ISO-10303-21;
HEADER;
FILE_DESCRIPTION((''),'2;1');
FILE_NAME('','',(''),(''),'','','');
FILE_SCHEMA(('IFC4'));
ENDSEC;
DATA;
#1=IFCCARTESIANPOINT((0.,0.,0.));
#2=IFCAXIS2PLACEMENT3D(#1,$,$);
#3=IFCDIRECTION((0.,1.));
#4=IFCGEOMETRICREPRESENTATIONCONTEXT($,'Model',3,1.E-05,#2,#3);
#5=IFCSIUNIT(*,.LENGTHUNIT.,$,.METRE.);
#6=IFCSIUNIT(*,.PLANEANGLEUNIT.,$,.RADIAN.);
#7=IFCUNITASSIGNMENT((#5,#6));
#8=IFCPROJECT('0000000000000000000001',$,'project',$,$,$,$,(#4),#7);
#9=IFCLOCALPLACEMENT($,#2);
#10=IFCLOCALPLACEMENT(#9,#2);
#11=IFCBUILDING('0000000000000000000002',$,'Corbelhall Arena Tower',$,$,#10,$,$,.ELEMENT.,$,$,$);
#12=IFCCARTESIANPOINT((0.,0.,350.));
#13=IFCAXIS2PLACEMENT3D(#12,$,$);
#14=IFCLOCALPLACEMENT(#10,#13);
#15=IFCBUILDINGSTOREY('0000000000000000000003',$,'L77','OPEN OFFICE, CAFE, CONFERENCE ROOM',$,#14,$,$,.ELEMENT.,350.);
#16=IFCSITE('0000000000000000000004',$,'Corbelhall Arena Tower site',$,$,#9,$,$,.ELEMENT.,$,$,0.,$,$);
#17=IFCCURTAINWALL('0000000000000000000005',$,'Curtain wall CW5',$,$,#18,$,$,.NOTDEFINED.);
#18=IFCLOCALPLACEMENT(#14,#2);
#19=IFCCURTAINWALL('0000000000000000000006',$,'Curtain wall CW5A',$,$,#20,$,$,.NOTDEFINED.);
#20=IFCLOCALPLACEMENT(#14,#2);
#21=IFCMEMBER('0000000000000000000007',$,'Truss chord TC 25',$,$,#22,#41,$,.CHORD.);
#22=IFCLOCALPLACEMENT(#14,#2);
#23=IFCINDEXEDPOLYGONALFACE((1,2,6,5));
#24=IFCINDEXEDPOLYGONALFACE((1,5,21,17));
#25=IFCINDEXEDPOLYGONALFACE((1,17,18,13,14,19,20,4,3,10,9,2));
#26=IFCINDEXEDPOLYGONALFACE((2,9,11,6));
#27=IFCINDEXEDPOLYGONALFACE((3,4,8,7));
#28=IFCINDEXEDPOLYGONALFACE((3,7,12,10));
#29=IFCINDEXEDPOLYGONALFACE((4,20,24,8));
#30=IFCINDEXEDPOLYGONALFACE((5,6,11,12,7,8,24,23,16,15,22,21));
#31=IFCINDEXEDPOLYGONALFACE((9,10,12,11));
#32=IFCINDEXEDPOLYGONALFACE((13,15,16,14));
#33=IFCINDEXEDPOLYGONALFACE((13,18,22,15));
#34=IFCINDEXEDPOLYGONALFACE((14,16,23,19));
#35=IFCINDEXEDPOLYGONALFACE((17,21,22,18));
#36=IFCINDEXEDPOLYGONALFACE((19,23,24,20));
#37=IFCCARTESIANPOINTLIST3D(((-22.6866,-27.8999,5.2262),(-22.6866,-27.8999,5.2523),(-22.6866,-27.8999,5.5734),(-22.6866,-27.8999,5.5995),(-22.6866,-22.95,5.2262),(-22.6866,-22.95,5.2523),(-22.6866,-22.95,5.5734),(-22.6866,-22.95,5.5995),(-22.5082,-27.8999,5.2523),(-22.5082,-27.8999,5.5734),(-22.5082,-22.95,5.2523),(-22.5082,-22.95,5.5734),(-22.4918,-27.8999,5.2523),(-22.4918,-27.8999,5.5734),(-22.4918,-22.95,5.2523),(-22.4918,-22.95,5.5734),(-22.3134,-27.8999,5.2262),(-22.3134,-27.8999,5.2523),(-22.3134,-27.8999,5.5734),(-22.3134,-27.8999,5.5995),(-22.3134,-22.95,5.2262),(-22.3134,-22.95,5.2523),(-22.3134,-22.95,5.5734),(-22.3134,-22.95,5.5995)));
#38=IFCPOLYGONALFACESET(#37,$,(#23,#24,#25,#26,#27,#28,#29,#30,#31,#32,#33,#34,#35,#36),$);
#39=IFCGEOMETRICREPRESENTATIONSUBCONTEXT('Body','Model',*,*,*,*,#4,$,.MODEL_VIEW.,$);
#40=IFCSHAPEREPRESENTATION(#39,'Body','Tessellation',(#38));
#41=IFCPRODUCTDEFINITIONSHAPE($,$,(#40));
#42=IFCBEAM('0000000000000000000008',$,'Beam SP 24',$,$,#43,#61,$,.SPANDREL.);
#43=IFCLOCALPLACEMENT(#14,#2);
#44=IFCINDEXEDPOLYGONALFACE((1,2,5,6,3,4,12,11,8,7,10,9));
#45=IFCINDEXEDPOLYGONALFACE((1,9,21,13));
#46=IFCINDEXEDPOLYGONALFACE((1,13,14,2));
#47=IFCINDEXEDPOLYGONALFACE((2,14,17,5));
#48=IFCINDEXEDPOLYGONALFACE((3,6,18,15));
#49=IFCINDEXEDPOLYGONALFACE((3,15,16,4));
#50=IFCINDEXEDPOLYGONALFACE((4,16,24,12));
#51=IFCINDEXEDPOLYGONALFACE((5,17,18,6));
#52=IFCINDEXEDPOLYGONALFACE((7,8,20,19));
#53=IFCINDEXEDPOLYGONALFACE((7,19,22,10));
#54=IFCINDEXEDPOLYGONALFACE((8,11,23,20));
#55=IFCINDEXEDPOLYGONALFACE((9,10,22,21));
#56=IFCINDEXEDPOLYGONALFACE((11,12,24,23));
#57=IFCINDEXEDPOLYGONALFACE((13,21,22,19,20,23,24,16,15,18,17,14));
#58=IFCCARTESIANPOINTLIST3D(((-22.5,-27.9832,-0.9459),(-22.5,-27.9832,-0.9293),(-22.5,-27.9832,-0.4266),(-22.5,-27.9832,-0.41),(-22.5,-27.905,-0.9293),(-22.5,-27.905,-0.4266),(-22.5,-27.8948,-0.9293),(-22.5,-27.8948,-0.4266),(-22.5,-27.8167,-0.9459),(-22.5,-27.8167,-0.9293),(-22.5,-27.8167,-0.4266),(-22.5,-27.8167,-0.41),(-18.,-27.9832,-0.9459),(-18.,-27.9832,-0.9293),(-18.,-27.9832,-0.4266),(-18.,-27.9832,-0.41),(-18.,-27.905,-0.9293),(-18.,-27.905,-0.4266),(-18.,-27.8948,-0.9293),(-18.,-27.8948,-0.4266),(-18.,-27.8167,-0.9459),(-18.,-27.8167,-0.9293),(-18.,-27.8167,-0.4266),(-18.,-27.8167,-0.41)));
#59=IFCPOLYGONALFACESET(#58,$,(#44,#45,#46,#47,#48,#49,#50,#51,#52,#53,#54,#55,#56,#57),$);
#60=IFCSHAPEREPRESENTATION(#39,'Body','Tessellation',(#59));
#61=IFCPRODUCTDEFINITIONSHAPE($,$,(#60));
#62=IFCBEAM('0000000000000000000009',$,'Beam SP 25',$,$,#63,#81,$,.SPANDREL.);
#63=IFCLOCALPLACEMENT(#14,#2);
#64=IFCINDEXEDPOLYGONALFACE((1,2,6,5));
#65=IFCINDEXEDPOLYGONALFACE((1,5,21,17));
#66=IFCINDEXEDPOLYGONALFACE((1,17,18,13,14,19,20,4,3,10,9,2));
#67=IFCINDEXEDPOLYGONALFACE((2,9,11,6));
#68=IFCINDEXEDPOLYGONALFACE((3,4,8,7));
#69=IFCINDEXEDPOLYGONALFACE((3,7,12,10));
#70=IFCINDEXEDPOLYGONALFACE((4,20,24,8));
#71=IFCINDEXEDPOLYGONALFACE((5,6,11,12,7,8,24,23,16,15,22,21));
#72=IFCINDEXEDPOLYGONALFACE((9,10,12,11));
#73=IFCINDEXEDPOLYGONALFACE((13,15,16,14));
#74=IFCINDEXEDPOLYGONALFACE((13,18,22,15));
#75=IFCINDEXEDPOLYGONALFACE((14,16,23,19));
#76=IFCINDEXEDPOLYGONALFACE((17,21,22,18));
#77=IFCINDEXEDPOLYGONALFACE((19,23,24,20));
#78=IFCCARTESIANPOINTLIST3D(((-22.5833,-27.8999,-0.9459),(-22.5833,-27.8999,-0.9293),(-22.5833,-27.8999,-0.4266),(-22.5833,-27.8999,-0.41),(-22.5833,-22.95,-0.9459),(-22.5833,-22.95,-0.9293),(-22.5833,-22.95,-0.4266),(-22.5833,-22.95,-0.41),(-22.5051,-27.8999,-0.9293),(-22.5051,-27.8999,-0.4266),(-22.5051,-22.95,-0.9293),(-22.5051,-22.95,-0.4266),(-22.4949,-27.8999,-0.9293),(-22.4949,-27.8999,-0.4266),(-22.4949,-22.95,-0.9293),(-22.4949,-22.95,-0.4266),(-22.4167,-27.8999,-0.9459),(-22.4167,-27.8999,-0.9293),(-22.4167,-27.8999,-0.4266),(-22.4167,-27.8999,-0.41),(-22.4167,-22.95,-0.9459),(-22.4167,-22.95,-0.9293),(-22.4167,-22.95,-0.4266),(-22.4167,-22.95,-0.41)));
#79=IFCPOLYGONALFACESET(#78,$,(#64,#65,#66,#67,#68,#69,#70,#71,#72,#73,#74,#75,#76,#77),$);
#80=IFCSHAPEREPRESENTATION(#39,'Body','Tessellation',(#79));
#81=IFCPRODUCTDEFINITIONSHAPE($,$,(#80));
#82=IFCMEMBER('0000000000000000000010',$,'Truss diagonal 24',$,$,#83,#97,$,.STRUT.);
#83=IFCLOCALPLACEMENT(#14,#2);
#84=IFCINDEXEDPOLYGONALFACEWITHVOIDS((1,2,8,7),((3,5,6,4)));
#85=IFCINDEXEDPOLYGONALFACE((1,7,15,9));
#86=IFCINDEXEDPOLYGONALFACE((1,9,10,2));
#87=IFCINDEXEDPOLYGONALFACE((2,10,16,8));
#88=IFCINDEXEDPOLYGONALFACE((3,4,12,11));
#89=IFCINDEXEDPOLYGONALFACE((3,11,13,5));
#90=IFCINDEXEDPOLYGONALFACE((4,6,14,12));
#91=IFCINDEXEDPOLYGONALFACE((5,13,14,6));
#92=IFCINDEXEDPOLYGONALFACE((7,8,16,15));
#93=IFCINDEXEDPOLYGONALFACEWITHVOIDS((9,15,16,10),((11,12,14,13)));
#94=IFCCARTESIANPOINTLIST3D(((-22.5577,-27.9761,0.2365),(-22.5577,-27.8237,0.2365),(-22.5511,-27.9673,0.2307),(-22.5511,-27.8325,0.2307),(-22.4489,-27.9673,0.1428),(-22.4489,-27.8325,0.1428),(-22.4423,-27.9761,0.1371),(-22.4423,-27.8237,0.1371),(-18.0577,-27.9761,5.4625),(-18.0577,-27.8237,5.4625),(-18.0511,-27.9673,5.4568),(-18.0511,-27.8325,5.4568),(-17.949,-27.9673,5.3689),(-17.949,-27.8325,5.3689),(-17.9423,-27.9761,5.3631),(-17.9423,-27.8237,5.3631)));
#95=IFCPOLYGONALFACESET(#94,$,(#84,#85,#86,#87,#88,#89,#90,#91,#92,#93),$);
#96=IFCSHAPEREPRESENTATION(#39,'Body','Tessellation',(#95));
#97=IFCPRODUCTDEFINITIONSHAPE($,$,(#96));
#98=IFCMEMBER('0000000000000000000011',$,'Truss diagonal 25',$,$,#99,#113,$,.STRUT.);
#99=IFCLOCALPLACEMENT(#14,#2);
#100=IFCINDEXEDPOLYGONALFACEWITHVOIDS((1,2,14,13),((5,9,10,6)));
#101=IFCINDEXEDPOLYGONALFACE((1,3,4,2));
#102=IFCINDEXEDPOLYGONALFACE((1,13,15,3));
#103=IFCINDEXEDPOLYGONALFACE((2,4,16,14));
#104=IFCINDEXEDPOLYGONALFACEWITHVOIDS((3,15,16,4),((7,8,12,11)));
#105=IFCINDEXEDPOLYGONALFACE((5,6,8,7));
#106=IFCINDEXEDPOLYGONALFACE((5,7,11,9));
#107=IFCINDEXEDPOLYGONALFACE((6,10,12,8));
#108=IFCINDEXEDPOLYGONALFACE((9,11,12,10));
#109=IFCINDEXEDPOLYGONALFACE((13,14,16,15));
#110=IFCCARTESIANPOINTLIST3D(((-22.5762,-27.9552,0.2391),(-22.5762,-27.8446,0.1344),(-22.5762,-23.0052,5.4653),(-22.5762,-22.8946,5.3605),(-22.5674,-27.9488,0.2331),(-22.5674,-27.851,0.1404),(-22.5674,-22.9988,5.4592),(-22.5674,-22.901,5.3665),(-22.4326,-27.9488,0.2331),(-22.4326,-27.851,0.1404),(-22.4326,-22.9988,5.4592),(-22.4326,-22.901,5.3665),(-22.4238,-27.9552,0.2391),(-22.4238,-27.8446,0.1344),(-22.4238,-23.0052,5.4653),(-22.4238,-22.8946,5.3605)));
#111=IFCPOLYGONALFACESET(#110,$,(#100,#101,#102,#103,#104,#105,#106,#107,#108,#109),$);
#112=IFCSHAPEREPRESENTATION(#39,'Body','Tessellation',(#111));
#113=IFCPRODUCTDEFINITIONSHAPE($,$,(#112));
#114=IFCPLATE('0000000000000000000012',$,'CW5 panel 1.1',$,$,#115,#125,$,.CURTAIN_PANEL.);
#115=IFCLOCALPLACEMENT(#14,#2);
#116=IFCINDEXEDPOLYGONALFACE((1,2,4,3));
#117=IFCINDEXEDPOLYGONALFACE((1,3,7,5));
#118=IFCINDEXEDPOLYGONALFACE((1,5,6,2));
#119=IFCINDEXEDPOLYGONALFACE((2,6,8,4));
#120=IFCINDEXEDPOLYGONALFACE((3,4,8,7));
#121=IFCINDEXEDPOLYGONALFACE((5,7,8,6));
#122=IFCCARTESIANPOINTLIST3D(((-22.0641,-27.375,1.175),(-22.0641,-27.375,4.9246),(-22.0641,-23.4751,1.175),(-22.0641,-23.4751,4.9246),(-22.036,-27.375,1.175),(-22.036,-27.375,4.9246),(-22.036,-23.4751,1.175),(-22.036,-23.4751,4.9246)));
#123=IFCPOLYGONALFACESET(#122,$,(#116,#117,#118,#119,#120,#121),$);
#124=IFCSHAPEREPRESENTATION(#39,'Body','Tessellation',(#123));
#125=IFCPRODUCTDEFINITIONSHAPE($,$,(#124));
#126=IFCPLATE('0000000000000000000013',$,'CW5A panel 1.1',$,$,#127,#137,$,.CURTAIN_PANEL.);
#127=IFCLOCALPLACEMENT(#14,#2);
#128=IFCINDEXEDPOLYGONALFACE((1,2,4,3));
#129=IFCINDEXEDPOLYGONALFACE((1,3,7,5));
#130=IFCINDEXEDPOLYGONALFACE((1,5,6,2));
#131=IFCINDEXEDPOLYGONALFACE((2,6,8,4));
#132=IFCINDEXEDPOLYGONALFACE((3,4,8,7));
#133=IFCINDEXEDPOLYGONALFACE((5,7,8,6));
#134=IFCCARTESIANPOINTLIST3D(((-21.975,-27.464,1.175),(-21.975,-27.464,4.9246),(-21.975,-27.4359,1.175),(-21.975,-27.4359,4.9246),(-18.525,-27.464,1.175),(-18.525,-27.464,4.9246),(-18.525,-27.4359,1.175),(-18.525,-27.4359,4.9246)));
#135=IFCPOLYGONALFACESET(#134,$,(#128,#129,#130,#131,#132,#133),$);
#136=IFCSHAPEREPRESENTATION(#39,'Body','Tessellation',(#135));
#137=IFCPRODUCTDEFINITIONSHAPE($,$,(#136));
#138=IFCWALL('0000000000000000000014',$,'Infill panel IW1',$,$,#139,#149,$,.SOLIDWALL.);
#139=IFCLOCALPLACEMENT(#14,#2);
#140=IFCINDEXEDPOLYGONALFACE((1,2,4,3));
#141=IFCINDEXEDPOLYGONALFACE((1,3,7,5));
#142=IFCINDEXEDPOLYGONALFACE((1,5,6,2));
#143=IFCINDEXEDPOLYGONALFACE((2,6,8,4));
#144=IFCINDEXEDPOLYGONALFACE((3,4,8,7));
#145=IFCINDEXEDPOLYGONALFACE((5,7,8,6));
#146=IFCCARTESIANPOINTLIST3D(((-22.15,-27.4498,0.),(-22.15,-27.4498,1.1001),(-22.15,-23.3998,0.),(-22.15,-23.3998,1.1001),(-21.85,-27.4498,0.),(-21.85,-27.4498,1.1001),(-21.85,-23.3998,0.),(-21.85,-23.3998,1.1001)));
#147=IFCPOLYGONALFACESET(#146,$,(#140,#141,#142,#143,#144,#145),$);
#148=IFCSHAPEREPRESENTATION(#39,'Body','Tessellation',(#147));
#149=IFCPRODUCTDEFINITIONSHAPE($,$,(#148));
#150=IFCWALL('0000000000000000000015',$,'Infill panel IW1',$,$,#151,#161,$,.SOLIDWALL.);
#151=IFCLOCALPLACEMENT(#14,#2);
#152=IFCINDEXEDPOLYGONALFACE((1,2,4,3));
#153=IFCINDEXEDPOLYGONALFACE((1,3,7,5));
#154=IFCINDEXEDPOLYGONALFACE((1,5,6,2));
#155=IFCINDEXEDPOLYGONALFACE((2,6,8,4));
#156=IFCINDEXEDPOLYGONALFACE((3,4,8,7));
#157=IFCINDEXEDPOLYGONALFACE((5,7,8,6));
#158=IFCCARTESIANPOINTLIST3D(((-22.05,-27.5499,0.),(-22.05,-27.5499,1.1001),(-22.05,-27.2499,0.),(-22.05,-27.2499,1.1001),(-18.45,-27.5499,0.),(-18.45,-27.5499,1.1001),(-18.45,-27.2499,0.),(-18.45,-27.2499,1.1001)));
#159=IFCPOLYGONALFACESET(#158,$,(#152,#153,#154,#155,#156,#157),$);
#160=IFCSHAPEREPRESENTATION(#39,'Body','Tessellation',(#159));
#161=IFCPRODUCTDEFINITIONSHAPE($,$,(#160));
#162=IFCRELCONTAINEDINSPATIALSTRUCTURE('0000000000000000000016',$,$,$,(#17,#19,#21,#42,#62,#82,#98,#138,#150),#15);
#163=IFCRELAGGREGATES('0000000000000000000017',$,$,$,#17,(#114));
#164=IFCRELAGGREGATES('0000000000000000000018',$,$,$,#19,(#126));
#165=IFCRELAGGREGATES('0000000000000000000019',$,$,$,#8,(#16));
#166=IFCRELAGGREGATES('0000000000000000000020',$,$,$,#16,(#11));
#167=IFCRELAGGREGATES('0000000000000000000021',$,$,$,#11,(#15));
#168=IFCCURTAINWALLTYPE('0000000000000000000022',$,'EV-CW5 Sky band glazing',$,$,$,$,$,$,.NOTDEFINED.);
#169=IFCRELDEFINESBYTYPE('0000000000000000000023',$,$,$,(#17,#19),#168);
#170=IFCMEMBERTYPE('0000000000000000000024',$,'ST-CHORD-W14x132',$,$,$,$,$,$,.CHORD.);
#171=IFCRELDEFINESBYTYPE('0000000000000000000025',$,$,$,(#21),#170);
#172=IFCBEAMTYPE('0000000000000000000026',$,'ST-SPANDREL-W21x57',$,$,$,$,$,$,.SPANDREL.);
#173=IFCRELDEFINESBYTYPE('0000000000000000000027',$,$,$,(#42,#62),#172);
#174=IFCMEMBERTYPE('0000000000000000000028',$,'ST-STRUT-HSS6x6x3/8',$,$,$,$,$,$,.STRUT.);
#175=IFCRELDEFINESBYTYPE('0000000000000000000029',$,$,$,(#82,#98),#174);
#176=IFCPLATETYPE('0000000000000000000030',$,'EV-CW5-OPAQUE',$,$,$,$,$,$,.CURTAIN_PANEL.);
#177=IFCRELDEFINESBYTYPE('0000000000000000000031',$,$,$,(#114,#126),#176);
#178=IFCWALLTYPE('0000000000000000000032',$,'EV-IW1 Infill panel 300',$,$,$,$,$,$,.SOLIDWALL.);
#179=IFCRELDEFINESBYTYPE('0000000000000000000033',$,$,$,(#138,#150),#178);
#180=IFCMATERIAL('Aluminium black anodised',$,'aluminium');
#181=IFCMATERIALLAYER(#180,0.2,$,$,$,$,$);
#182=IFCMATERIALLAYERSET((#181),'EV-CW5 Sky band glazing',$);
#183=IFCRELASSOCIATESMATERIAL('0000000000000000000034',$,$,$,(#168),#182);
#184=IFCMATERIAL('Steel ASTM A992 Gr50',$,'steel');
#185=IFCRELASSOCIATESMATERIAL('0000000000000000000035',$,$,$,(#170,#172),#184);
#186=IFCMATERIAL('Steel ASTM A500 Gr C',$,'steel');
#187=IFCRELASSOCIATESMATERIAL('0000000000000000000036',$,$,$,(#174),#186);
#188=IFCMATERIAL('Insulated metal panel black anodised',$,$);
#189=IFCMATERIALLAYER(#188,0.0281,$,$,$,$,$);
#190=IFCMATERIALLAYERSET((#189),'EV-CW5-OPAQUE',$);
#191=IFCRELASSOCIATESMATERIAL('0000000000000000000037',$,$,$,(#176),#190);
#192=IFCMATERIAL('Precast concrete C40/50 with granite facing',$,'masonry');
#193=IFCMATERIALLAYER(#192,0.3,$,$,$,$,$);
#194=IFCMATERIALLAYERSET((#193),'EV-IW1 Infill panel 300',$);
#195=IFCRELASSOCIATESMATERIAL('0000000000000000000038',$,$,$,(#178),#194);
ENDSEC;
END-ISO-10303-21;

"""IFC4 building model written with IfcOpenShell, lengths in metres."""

from ifc_helpers import new_model, si_unit, direction, frame, frame_2d, origin, origin_2d, place, context, subcontext, project, spatial, rectangle, hollow_rectangle, i_section, extrude, material, layer, layer_set, material_profile, profile_set, type_object, element, aggregate, save


model = new_model("IFC4")

# Units and contexts
model_context = context("Model", 3, precision=1e-05, world=origin(), true_north=direction((0.0, 1.0)))
body_context = subcontext(model_context, "Body", "Model", "MODEL_VIEW")
ifc_project = project(units=[si_unit("LENGTHUNIT", "METRE"), si_unit("PLANEANGLEUNIT", "RADIAN")], contexts=[model_context])

# Site, building, storey
site_placement = place(None, origin())
site = spatial("IfcSite", under=ifc_project, at=site_placement, Name="Corbelhall Arena Tower site", CompositionType="ELEMENT", RefElevation=0.0)
building_placement = place(site_placement, origin())
building = spatial("IfcBuilding", under=site, at=building_placement, Name="Corbelhall Arena Tower", CompositionType="ELEMENT")
storey_placement = place(building_placement, frame((0.0, 0.0, 350.0)))
storey = spatial("IfcBuildingStorey", under=building, at=storey_placement, Name="L77", Description="OPEN OFFICE, CAFE, CONFERENCE ROOM", CompositionType="ELEMENT", Elevation=350.0)

# Curtain walls
ifc_material_1 = material(Name="Aluminium black anodised", Category="aluminium")
ifc_layer_1 = layer(ifc_material_1, 0.2)
ifc_layer_set_1 = layer_set([ifc_layer_1], Name="EV-CW5 Sky band glazing")
curtain_wall_type = type_object("IfcCurtainWallType", Name="EV-CW5 Sky band glazing", PredefinedType="NOTDEFINED", material=ifc_layer_set_1)
curtain_wall_1_placement = place(storey_placement, origin())
curtain_wall_1 = element("IfcCurtainWall", 1, at=curtain_wall_1_placement, inside=storey, type_object=curtain_wall_type, Name="Curtain wall CW5", PredefinedType="NOTDEFINED")
curtain_wall_2_placement = place(storey_placement, origin())
curtain_wall_2 = element("IfcCurtainWall", 2, at=curtain_wall_2_placement, inside=storey, type_object=curtain_wall_type, Name="Curtain wall CW5A", PredefinedType="NOTDEFINED")

# Member
ifc_material_2 = material(Name="Steel ASTM A992 Gr50", Category="steel")
ifc_material_profile_1 = material_profile(ifc_material_2, i_section(OverallWidth=0.3733, OverallDepth=0.3733, WebThickness=0.0164, FlangeThickness=0.0261, at=origin_2d()))
ifc_profile_set_1 = profile_set([ifc_material_profile_1], Name="Steel ASTM A992 Gr50")
member_type_1 = type_object("IfcMemberType", Name="ST-CHORD-W14x132", PredefinedType="CHORD", material=ifc_profile_set_1)
for number, where, z_axis, x_axis, name in (
    (3, (-22.5, -27.8999, 5.4128), (0.0, 1.0, 0.0), (-1.0, 0.0, 0.0), "Truss chord TC 25"),
):
    element("IfcMember", number, at=place(storey_placement, frame(where, z_axis=z_axis, x_axis=x_axis)), inside=storey, type_object=member_type_1, Name=name, PredefinedType="CHORD", context=body_context, shape_type="SweptSolid", body=[
        extrude(i_section(OverallWidth=0.3733, OverallDepth=0.3733, WebThickness=0.0164, FlangeThickness=0.0261, at=origin_2d()), origin(), (0.0, 0.0, 1.0), 4.95),
    ])

# Beams
ifc_material_profile_2 = material_profile(ifc_material_2, i_section(OverallWidth=0.1665, OverallDepth=0.5359, WebThickness=0.0103, FlangeThickness=0.0166, at=origin_2d()))
ifc_profile_set_2 = profile_set([ifc_material_profile_2], Name="Steel ASTM A992 Gr50")
beam_type = type_object("IfcBeamType", Name="ST-SPANDREL-W21x57", PredefinedType="SPANDREL", material=ifc_profile_set_2)
beam_1_placement = place(storey_placement, frame((-18.0, -27.8999, -0.678), z_axis=(-1.0, 0.0, 0.0), x_axis=(0.0, -1.0, 0.0)))
element("IfcBeam", 4, at=beam_1_placement, inside=storey, type_object=beam_type, Name="Beam SP 24", PredefinedType="SPANDREL", context=body_context, shape_type="SweptSolid", body=[
    extrude(i_section(OverallWidth=0.1665, OverallDepth=0.5359, WebThickness=0.0103, FlangeThickness=0.0166, at=origin_2d()), origin(), (0.0, 0.0, 1.0), 4.5),
])
beam_2_placement = place(storey_placement, frame((-22.5, -27.8999, -0.678), z_axis=(0.0, 1.0, 0.0), x_axis=(-1.0, 0.0, 0.0)))
element("IfcBeam", 5, at=beam_2_placement, inside=storey, type_object=beam_type, Name="Beam SP 25", PredefinedType="SPANDREL", context=body_context, shape_type="SweptSolid", body=[
    extrude(i_section(OverallWidth=0.1665, OverallDepth=0.5359, WebThickness=0.0103, FlangeThickness=0.0166, at=origin_2d()), origin(), (0.0, 0.0, 1.0), 4.95),
])

# Members
ifc_material_3 = material(Name="Steel ASTM A500 Gr C", Category="steel")
ifc_material_profile_3 = material_profile(ifc_material_3, hollow_rectangle(XDim=0.1523, YDim=0.1523, WallThickness=0.0088, at=origin_2d()))
ifc_profile_set_3 = profile_set([ifc_material_profile_3], Name="Steel ASTM A500 Gr C")
member_type_2 = type_object("IfcMemberType", Name="ST-STRUT-HSS6x6x3/8", PredefinedType="STRUT", material=ifc_profile_set_3)
member_1_placement = place(storey_placement, frame((-22.5, -27.8999, 0.1868), z_axis=(0.652504, 0.0, 0.757785), x_axis=(0.0, 1.0, 0.0)))
element("IfcMember", 6, at=member_1_placement, inside=storey, type_object=member_type_2, Name="Truss diagonal 24", PredefinedType="STRUT", context=body_context, shape_type="SweptSolid", body=[
    extrude(hollow_rectangle(XDim=0.1523, YDim=0.1523, WallThickness=0.0088, at=origin_2d()), origin(), (0.0, 0.0, 1.0), 6.8965),
])
member_2_placement = place(storey_placement, frame((-22.5, -27.8999, 0.1868), z_axis=(0.0, 0.687667, 0.726027), x_axis=(-1.0, 0.0, 0.0)))
element("IfcMember", 7, at=member_2_placement, inside=storey, type_object=member_type_2, Name="Truss diagonal 25", PredefinedType="STRUT", context=body_context, shape_type="SweptSolid", body=[
    extrude(hollow_rectangle(XDim=0.1523, YDim=0.1523, WallThickness=0.0088, at=origin_2d()), origin(), (0.0, 0.0, 1.0), 7.1982),
])

# Plates
ifc_material_4 = material(Name="Insulated metal panel black anodised")
ifc_layer_2 = layer(ifc_material_4, 0.0281)
ifc_layer_set_2 = layer_set([ifc_layer_2], Name="EV-CW5-OPAQUE")
plate_type = type_object("IfcPlateType", Name="EV-CW5-OPAQUE", PredefinedType="CURTAIN_PANEL", material=ifc_layer_set_2)
plate_1_placement = place(storey_placement, frame((-22.05, -25.425, 1.175), z_axis=(0.0, 0.0, 1.0), x_axis=(0.0, -1.0, 0.0)))
plate_1 = element("IfcPlate", 8, at=plate_1_placement, type_object=plate_type, Name="CW5 panel 1.1", PredefinedType="CURTAIN_PANEL", context=body_context, shape_type="SweptSolid", body=[
    extrude(rectangle(XDim=3.8999, YDim=0.0281, at=origin_2d()), origin(), (0.0, 0.0, 1.0), 3.7495),
])
aggregate(curtain_wall_1, [plate_1])
plate_2_placement = place(storey_placement, frame((-20.25, -27.45, 1.175), z_axis=(0.0, 0.0, 1.0), x_axis=(1.0, 0.0, 0.0)))
plate_2 = element("IfcPlate", 9, at=plate_2_placement, type_object=plate_type, Name="CW5A panel 1.1", PredefinedType="CURTAIN_PANEL", context=body_context, shape_type="SweptSolid", body=[
    extrude(rectangle(XDim=3.45, YDim=0.0281, at=origin_2d()), origin(), (0.0, 0.0, 1.0), 3.7495),
])
aggregate(curtain_wall_2, [plate_2])

# Walls
ifc_material_5 = material(Name="Precast concrete C40/50 with granite facing", Category="masonry")
ifc_layer_3 = layer(ifc_material_5, 0.3)
ifc_layer_set_3 = layer_set([ifc_layer_3], Name="EV-IW1 Infill panel 300")
wall_type = type_object("IfcWallType", Name="EV-IW1 Infill panel 300", PredefinedType="SOLIDWALL", material=ifc_layer_set_3)
wall_1_placement = place(storey_placement, frame((-22.0, -23.3999, 0.0), z_axis=(0.0, 0.0, 1.0), x_axis=(0.0, -1.0, 0.0)))
element("IfcWall", 10, at=wall_1_placement, inside=storey, type_object=wall_type, Name="Infill panel IW1", PredefinedType="SOLIDWALL", context=body_context, shape_type="SweptSolid", body=[
    extrude(rectangle(XDim=4.05, YDim=0.3, at=frame_2d((2.0249, 0.0))), origin(), (0.0, 0.0, 1.0), 1.1001),
])
wall_2_placement = place(storey_placement, frame((-22.05, -27.3999, 0.0), z_axis=(0.0, 0.0, 1.0), x_axis=(1.0, 0.0, 0.0)))
element("IfcWall", 11, at=wall_2_placement, inside=storey, type_object=wall_type, Name="Infill panel IW1", PredefinedType="SOLIDWALL", context=body_context, shape_type="SweptSolid", body=[
    extrude(rectangle(XDim=3.6001, YDim=0.3, at=frame_2d((1.8, 0.0))), origin(), (0.0, 0.0, 1.0), 1.1001),
])

save(model, "model.ifc")
